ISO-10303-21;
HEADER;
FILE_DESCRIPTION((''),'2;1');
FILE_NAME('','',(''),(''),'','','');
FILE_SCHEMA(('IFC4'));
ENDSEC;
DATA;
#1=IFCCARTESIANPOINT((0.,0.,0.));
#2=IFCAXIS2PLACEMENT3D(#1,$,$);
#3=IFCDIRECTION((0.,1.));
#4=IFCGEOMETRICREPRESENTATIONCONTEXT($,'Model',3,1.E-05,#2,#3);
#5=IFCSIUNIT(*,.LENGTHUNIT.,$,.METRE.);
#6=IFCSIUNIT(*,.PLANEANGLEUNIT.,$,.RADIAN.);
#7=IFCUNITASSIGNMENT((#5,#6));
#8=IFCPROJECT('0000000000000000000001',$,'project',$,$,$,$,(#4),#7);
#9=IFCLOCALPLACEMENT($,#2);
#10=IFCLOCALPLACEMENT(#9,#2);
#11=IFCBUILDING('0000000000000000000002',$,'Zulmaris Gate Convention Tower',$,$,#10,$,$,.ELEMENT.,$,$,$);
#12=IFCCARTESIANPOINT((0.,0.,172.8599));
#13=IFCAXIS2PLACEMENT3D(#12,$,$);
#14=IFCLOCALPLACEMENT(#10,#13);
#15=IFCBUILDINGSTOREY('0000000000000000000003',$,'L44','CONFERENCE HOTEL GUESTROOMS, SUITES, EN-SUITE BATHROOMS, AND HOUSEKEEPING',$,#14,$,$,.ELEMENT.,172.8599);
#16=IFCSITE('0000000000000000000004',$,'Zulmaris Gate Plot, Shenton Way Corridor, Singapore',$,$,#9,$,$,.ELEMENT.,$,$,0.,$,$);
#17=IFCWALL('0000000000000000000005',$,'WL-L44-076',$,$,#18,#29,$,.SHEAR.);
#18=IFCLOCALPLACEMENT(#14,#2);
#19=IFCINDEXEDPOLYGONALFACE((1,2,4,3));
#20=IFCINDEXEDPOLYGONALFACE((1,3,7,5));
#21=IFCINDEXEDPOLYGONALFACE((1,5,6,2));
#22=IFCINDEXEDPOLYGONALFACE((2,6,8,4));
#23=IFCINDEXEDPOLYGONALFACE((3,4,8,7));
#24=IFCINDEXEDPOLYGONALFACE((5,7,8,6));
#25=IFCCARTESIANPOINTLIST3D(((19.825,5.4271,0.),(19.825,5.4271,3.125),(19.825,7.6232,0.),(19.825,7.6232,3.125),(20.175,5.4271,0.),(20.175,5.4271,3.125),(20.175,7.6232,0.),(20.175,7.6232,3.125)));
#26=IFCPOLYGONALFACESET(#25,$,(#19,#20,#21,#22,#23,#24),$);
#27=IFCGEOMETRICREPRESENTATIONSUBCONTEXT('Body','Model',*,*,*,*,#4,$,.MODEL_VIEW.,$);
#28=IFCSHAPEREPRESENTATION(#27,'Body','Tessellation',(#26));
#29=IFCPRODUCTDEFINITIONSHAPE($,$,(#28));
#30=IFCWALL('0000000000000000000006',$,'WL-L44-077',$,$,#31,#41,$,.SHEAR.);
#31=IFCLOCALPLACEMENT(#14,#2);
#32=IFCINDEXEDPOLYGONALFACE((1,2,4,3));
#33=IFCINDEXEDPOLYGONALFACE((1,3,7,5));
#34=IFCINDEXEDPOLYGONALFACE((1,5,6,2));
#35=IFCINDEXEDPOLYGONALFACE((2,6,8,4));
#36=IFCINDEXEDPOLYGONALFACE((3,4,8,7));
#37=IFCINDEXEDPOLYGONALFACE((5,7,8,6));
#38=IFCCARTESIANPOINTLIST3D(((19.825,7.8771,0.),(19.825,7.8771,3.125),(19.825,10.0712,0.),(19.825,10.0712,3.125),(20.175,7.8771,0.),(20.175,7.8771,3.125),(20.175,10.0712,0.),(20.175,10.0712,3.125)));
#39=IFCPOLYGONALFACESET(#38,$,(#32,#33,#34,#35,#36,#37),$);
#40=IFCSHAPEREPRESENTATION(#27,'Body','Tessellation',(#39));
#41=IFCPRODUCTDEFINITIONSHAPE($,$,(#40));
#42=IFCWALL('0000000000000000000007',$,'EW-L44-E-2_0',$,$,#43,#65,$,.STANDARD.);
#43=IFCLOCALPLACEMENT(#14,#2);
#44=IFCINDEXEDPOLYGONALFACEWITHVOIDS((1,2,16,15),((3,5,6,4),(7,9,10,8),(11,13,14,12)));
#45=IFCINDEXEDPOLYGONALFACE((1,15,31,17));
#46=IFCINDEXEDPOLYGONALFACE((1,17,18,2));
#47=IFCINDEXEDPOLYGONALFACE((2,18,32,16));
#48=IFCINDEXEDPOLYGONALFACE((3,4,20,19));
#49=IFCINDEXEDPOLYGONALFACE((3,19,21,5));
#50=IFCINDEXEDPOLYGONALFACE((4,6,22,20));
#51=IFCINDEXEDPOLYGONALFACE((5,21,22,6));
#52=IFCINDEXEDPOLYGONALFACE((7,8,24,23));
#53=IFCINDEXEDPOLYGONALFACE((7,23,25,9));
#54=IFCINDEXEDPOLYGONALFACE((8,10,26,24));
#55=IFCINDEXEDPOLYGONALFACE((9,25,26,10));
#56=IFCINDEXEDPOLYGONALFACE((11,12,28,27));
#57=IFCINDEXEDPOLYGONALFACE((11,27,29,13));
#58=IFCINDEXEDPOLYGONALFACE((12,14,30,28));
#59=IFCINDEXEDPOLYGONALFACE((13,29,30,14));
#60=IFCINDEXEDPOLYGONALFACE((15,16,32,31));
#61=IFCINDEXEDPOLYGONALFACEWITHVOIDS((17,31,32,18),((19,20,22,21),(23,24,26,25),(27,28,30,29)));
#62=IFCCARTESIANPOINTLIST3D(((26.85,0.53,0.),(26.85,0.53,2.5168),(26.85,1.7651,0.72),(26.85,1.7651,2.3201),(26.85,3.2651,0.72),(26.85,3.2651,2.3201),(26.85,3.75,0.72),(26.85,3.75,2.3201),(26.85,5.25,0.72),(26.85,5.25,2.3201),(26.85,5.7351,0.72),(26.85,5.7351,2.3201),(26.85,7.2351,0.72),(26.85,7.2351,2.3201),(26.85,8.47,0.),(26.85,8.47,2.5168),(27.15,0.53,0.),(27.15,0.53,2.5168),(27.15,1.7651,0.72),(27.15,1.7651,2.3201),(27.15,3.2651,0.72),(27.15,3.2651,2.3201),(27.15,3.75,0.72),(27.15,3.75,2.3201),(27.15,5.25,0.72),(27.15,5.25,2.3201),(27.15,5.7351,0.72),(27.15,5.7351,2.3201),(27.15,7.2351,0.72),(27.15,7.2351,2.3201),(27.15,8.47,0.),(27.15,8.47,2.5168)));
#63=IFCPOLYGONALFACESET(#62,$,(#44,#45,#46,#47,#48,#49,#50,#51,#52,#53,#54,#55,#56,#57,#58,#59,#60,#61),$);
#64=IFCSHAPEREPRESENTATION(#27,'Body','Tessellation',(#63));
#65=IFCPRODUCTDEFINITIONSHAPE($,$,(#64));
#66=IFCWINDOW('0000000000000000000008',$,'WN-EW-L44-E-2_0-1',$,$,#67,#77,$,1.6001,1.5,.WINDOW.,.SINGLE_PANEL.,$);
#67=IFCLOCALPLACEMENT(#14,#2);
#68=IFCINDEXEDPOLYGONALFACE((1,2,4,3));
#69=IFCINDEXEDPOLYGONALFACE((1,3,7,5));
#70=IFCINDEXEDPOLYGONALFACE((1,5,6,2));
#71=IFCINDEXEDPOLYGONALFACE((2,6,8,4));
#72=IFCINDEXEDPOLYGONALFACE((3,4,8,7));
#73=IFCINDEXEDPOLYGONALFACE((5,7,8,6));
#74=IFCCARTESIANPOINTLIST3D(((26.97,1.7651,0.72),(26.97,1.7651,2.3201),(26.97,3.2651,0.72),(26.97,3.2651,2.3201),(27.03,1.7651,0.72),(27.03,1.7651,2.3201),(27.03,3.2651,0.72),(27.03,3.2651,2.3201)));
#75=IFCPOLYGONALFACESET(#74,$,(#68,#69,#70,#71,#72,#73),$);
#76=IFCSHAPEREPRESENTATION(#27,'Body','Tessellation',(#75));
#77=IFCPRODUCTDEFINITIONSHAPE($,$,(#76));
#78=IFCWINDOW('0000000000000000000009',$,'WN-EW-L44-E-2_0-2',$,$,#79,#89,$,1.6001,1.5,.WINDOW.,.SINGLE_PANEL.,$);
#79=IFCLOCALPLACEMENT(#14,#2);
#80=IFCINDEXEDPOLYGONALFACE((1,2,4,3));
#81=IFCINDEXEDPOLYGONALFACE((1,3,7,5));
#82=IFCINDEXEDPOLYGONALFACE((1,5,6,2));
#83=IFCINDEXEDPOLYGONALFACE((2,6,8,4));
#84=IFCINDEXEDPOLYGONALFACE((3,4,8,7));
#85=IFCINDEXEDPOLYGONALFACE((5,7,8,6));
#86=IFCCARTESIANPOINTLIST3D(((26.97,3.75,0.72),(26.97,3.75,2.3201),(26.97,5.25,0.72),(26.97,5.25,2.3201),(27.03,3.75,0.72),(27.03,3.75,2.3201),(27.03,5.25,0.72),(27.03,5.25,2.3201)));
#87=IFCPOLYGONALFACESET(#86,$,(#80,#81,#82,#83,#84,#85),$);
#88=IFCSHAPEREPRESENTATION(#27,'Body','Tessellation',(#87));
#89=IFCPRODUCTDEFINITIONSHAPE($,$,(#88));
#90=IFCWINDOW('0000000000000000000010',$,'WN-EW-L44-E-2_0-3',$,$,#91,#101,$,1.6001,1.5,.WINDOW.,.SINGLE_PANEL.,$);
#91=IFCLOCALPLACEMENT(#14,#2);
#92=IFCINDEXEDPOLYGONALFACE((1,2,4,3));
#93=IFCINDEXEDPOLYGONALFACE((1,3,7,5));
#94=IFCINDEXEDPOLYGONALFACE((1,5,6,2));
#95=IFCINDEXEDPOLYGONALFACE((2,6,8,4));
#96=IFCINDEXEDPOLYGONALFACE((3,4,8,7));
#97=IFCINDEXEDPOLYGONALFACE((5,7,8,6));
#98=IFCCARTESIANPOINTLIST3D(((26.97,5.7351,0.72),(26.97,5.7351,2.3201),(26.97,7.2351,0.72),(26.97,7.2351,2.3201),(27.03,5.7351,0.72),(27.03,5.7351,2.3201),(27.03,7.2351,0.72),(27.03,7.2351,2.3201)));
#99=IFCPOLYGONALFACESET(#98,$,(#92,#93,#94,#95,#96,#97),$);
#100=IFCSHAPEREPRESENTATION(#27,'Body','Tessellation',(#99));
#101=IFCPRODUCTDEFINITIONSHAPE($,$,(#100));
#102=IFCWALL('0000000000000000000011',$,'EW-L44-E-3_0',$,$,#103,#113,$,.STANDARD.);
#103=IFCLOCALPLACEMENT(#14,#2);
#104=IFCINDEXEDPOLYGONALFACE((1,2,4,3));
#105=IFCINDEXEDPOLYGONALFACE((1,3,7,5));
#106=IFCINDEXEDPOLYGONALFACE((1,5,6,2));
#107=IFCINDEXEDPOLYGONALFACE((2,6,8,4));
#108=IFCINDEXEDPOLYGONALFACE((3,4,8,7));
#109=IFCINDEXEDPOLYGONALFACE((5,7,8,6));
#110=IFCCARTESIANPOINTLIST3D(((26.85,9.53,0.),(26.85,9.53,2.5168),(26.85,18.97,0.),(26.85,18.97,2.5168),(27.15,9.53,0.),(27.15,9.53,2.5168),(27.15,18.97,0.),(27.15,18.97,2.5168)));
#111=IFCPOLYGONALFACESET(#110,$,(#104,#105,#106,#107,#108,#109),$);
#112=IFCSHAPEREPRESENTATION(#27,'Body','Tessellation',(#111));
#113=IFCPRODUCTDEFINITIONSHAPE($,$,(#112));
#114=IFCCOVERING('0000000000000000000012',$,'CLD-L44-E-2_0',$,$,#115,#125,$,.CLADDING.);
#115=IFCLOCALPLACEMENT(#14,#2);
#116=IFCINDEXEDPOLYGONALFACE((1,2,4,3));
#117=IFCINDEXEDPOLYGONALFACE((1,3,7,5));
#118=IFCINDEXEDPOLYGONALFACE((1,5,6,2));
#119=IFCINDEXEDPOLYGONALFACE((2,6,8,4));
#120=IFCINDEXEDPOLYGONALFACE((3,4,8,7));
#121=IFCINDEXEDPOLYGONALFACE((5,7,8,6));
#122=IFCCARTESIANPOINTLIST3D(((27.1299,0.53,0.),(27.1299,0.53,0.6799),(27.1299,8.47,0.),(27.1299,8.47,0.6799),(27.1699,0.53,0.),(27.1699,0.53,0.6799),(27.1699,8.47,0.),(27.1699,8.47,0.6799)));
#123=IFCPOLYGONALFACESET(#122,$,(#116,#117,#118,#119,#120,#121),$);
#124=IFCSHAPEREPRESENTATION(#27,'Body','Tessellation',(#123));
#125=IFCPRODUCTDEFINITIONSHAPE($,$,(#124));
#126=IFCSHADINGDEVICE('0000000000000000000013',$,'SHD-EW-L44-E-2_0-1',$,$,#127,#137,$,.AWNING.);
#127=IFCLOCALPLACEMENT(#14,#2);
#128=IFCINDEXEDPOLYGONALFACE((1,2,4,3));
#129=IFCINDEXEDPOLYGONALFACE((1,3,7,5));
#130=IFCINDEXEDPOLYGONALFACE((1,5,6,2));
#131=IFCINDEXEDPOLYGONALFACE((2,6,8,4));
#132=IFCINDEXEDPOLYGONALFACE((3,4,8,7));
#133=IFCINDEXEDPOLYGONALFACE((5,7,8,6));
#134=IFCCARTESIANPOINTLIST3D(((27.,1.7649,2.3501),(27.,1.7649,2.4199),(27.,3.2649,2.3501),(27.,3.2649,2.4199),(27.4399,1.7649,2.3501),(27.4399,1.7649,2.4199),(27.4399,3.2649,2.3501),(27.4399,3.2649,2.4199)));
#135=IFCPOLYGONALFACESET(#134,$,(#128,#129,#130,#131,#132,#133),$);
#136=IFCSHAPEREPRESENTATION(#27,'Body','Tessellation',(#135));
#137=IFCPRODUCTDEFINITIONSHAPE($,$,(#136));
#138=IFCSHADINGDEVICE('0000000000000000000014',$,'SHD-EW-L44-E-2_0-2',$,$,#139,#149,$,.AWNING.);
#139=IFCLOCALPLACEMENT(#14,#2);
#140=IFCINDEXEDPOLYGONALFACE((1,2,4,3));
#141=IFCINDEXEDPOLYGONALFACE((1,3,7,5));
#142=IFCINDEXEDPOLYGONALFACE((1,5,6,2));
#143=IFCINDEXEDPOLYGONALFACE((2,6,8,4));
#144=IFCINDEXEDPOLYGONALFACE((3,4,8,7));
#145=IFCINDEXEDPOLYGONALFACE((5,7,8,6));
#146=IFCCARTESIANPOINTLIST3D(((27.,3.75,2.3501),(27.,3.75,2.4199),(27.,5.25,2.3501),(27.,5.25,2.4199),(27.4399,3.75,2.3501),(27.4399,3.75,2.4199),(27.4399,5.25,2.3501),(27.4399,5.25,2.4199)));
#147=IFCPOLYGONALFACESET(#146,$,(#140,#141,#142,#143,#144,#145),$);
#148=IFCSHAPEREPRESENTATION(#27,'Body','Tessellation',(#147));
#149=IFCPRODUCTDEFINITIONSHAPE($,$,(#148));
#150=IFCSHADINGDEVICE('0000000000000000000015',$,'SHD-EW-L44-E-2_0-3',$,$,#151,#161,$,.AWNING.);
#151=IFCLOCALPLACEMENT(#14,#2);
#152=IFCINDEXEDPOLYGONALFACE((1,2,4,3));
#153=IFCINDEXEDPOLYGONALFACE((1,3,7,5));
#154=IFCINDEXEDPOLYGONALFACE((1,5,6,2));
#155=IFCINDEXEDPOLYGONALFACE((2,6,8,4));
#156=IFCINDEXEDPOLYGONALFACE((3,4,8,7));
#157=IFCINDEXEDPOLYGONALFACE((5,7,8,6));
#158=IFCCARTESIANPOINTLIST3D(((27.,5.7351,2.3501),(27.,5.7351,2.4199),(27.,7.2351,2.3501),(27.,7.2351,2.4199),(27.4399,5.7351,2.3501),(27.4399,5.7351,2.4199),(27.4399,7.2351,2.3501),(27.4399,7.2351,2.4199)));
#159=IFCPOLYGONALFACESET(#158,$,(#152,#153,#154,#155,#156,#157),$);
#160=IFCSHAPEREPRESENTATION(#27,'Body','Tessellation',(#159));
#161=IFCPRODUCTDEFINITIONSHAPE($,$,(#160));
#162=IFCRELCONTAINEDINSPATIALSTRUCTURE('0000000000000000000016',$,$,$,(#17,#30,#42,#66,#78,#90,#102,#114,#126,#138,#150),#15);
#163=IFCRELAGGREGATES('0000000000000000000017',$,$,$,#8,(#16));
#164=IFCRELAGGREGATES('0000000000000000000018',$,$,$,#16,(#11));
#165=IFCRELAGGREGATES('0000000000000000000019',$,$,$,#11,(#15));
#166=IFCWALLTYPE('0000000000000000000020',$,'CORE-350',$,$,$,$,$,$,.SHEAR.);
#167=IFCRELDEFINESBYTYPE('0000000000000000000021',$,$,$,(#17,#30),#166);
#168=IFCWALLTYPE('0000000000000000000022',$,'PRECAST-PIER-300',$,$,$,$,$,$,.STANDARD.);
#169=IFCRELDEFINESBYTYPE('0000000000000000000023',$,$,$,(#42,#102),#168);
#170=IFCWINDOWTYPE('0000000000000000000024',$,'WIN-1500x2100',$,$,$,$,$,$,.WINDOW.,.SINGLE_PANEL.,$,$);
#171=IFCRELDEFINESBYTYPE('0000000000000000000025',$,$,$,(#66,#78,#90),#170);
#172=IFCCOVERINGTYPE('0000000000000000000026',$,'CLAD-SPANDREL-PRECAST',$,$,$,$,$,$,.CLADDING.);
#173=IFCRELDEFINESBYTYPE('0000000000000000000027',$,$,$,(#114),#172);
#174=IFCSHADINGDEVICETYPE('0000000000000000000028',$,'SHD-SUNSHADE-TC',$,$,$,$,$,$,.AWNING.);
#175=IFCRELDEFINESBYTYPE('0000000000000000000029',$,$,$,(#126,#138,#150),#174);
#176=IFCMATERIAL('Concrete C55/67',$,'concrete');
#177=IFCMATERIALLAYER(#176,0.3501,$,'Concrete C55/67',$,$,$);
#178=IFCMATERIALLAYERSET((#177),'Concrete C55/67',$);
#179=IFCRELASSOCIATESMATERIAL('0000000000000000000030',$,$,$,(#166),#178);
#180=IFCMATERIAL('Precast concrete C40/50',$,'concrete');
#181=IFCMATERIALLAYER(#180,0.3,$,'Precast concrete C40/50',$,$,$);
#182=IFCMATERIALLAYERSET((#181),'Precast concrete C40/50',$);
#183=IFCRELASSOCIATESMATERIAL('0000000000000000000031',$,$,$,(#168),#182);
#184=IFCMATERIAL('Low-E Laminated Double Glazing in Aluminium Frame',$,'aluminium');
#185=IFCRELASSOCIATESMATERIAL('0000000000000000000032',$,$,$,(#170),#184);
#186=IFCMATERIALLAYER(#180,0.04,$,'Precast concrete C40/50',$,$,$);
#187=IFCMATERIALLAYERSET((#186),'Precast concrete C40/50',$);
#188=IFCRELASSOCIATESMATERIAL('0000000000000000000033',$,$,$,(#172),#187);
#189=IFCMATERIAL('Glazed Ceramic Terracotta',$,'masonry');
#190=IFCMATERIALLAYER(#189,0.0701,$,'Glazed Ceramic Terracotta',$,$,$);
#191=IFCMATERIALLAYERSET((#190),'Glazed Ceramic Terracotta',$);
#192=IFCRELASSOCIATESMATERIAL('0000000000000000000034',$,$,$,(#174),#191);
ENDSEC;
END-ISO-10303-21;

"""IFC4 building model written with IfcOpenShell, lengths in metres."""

from ifc_helpers import new_model, si_unit, direction, frame, frame_2d, origin, place, context, subcontext, project, spatial, rectangle, extrude, material, layer, layer_set, type_object, element, fill, save


model = new_model("IFC4")

# Units and contexts
model_context = context("Model", 3, precision=1e-05, world=origin(), true_north=direction((0.0, 1.0)))
body_context = subcontext(model_context, "Body", "Model", "MODEL_VIEW")
ifc_project = project(units=[si_unit("LENGTHUNIT", "METRE"), si_unit("PLANEANGLEUNIT", "RADIAN")], contexts=[model_context])

# Site, building, storey
site_placement = place(None, origin())
site = spatial("IfcSite", under=ifc_project, at=site_placement, Name="Zulmaris Gate Plot, Shenton Way Corridor, Singapore", CompositionType="ELEMENT", RefElevation=0.0)
building_placement = place(site_placement, origin())
building = spatial("IfcBuilding", under=site, at=building_placement, Name="Zulmaris Gate Convention Tower", CompositionType="ELEMENT")
storey_placement = place(building_placement, frame((0.0, 0.0, 172.8599)))
storey = spatial("IfcBuildingStorey", under=building, at=storey_placement, Name="L44", Description="CONFERENCE HOTEL GUESTROOMS, SUITES, EN-SUITE BATHROOMS, AND HOUSEKEEPING", CompositionType="ELEMENT", Elevation=172.8599)

# Walls
ifc_material_1 = material(Name="Concrete C55/67", Category="concrete")
ifc_layer_1 = layer(ifc_material_1, 0.3501, Name="Concrete C55/67")
ifc_layer_set_1 = layer_set([ifc_layer_1], Name="Concrete C55/67")
wall_type_1 = type_object("IfcWallType", Name="CORE-350", PredefinedType="SHEAR", material=ifc_layer_set_1)
wall_1_placement = place(storey_placement, frame((20.0, 5.427, 0.0), z_axis=(0.0, 0.0, 1.0), x_axis=(0.0, 1.0, 0.0)))
element("IfcWall", 1, at=wall_1_placement, inside=storey, type_object=wall_type_1, Name="WL-L44-076", PredefinedType="SHEAR", context=body_context, shape_type="SweptSolid", body=[
    extrude(rectangle(XDim=2.196, YDim=0.3501, at=frame_2d((1.0981, 0.0))), origin(), (0.0, 0.0, 1.0), 3.125),
])
wall_2_placement = place(storey_placement, frame((20.0, 7.877, 0.0), z_axis=(0.0, 0.0, 1.0), x_axis=(0.0, 1.0, 0.0)))
element("IfcWall", 2, at=wall_2_placement, inside=storey, type_object=wall_type_1, Name="WL-L44-077", PredefinedType="SHEAR", context=body_context, shape_type="SweptSolid", body=[
    extrude(rectangle(XDim=2.1941, YDim=0.3501, at=frame_2d((1.0972, 0.0))), origin(), (0.0, 0.0, 1.0), 3.125),
])

# Wall, openings, windows
ifc_material_2 = material(Name="Precast concrete C40/50", Category="concrete")
ifc_layer_2 = layer(ifc_material_2, 0.3, Name="Precast concrete C40/50")
ifc_layer_set_2 = layer_set([ifc_layer_2], Name="Precast concrete C40/50")
wall_type_2 = type_object("IfcWallType", Name="PRECAST-PIER-300", PredefinedType="STANDARD", material=ifc_layer_set_2)
wall_3_placement = place(storey_placement, frame((27.0, 0.53, 0.0), z_axis=(0.0, 0.0, 1.0), x_axis=(0.0, 1.0, 0.0)))
wall_3 = element("IfcWall", 3, at=wall_3_placement, inside=storey, type_object=wall_type_2, Name="EW-L44-E-2_0", PredefinedType="STANDARD", context=body_context, shape_type="SweptSolid", body=[
    extrude(rectangle(XDim=7.9399, YDim=0.3, at=frame_2d((3.97, 0.0))), origin(), (0.0, 0.0, 1.0), 2.5168),
])
opening_1_placement = place(wall_3_placement, frame((1.2351, 0.0, 0.72)))
opening_1 = element("IfcOpeningElement", 4, at=opening_1_placement, cuts=wall_3, PredefinedType="OPENING", context=body_context, shape_type="SweptSolid", body=[
    extrude(rectangle(XDim=1.5, YDim=1.6001, at=frame_2d((0.75, 0.8))), frame((0.0, 0.1602, 0.0), z_axis=(0.0, -1.0, 0.0), x_axis=(1.0, 0.0, 0.0)), (0.0, 0.0, 1.0), 0.3201),
])
opening_2_placement = place(wall_3_placement, frame((3.22, 0.0, 0.72)))
opening_2 = element("IfcOpeningElement", 5, at=opening_2_placement, cuts=wall_3, PredefinedType="OPENING", context=body_context, shape_type="SweptSolid", body=[
    extrude(rectangle(XDim=1.5, YDim=1.6001, at=frame_2d((0.75, 0.8))), frame((0.0, 0.1602, 0.0), z_axis=(0.0, -1.0, 0.0), x_axis=(1.0, 0.0, 0.0)), (0.0, 0.0, 1.0), 0.3201),
])
opening_3_placement = place(wall_3_placement, frame((5.2051, 0.0, 0.72)))
opening_3 = element("IfcOpeningElement", 6, at=opening_3_placement, cuts=wall_3, PredefinedType="OPENING", context=body_context, shape_type="SweptSolid", body=[
    extrude(rectangle(XDim=1.5, YDim=1.6001, at=frame_2d((0.75, 0.8))), frame((0.0, 0.1602, 0.0), z_axis=(0.0, -1.0, 0.0), x_axis=(1.0, 0.0, 0.0)), (0.0, 0.0, 1.0), 0.3201),
])
ifc_material_3 = material(Name="Low-E Laminated Double Glazing in Aluminium Frame", Category="aluminium")
window_type = type_object("IfcWindowType", Name="WIN-1500x2100", PartitioningType="SINGLE_PANEL", PredefinedType="WINDOW", material=ifc_material_3)
window_1_placement = place(opening_1_placement, origin())
window_1 = element("IfcWindow", 7, at=window_1_placement, inside=storey, type_object=window_type, Name="WN-EW-L44-E-2_0-1", OverallHeight=1.6001, OverallWidth=1.5, PartitioningType="SINGLE_PANEL", PredefinedType="WINDOW", context=body_context, shape_type="SweptSolid", body=[
    extrude(rectangle(XDim=1.5, YDim=1.6001, at=frame_2d((0.75, 0.8))), frame((0.0, 0.03, 0.0), z_axis=(0.0, -1.0, 0.0), x_axis=(1.0, 0.0, 0.0)), (0.0, 0.0, 1.0), 0.0601),
])
fill(opening_1, window_1)
window_2_placement = place(opening_2_placement, origin())
window_2 = element("IfcWindow", 8, at=window_2_placement, inside=storey, type_object=window_type, Name="WN-EW-L44-E-2_0-2", OverallHeight=1.6001, OverallWidth=1.5, PartitioningType="SINGLE_PANEL", PredefinedType="WINDOW", context=body_context, shape_type="SweptSolid", body=[
    extrude(rectangle(XDim=1.5, YDim=1.6001, at=frame_2d((0.75, 0.8))), frame((0.0, 0.03, 0.0), z_axis=(0.0, -1.0, 0.0), x_axis=(1.0, 0.0, 0.0)), (0.0, 0.0, 1.0), 0.0601),
])
fill(opening_2, window_2)
window_3_placement = place(opening_3_placement, origin())
window_3 = element("IfcWindow", 9, at=window_3_placement, inside=storey, type_object=window_type, Name="WN-EW-L44-E-2_0-3", OverallHeight=1.6001, OverallWidth=1.5, PartitioningType="SINGLE_PANEL", PredefinedType="WINDOW", context=body_context, shape_type="SweptSolid", body=[
    extrude(rectangle(XDim=1.5, YDim=1.6001, at=frame_2d((0.75, 0.8))), frame((0.0, 0.03, 0.0), z_axis=(0.0, -1.0, 0.0), x_axis=(1.0, 0.0, 0.0)), (0.0, 0.0, 1.0), 0.0601),
])
fill(opening_3, window_3)

# Wall
wall_4_placement = place(storey_placement, frame((27.0, 9.53, 0.0), z_axis=(0.0, 0.0, 1.0), x_axis=(0.0, 1.0, 0.0)))
element("IfcWall", 10, at=wall_4_placement, inside=storey, type_object=wall_type_2, Name="EW-L44-E-3_0", PredefinedType="STANDARD", context=body_context, shape_type="SweptSolid", body=[
    extrude(rectangle(XDim=9.4399, YDim=0.3, at=frame_2d((4.72, 0.0))), origin(), (0.0, 0.0, 1.0), 2.5168),
])

# Covering
ifc_layer_3 = layer(ifc_material_2, 0.04, Name="Precast concrete C40/50")
ifc_layer_set_3 = layer_set([ifc_layer_3], Name="Precast concrete C40/50")
covering_type = type_object("IfcCoveringType", Name="CLAD-SPANDREL-PRECAST", PredefinedType="CLADDING", material=ifc_layer_set_3)
covering_placement = place(storey_placement, frame((27.1499, 0.53, 0.0), z_axis=(0.0, 0.0, 1.0), x_axis=(0.0, 1.0, 0.0)))
element("IfcCovering", 11, at=covering_placement, inside=storey, type_object=covering_type, Name="CLD-L44-E-2_0", PredefinedType="CLADDING", context=body_context, shape_type="SweptSolid", body=[
    extrude(rectangle(XDim=7.9399, YDim=0.04, at=frame_2d((3.97, 0.0))), origin(), (0.0, 0.0, 1.0), 0.6799),
])

# Shading devices
ifc_material_4 = material(Name="Glazed Ceramic Terracotta", Category="masonry")
ifc_layer_4 = layer(ifc_material_4, 0.0701, Name="Glazed Ceramic Terracotta")
ifc_layer_set_4 = layer_set([ifc_layer_4], Name="Glazed Ceramic Terracotta")
shading_device_type = type_object("IfcShadingDeviceType", Name="SHD-SUNSHADE-TC", PredefinedType="AWNING", material=ifc_layer_set_4)
for number, where, z_axis, x_axis, name in (
    (12, (27.22, 1.7649, 2.3501), (0.0, 0.0, 1.0), (0.0, 1.0, 0.0), "SHD-EW-L44-E-2_0-1"),
    (13, (27.22, 3.75, 2.3501), (0.0, 0.0, 1.0), (0.0, 1.0, 0.0), "SHD-EW-L44-E-2_0-2"),
    (14, (27.22, 5.7351, 2.3501), (0.0, 0.0, 1.0), (0.0, 1.0, 0.0), "SHD-EW-L44-E-2_0-3"),
):
    element("IfcShadingDevice", number, at=place(storey_placement, frame(where, z_axis=z_axis, x_axis=x_axis)), inside=storey, type_object=shading_device_type, Name=name, PredefinedType="AWNING", context=body_context, shape_type="SweptSolid", body=[
        extrude(rectangle(XDim=1.5, YDim=0.4399, at=frame_2d((0.75, 0.0))), origin(), (0.0, 0.0, 1.0), 0.0698),
    ])

save(model, "model.ifc")
